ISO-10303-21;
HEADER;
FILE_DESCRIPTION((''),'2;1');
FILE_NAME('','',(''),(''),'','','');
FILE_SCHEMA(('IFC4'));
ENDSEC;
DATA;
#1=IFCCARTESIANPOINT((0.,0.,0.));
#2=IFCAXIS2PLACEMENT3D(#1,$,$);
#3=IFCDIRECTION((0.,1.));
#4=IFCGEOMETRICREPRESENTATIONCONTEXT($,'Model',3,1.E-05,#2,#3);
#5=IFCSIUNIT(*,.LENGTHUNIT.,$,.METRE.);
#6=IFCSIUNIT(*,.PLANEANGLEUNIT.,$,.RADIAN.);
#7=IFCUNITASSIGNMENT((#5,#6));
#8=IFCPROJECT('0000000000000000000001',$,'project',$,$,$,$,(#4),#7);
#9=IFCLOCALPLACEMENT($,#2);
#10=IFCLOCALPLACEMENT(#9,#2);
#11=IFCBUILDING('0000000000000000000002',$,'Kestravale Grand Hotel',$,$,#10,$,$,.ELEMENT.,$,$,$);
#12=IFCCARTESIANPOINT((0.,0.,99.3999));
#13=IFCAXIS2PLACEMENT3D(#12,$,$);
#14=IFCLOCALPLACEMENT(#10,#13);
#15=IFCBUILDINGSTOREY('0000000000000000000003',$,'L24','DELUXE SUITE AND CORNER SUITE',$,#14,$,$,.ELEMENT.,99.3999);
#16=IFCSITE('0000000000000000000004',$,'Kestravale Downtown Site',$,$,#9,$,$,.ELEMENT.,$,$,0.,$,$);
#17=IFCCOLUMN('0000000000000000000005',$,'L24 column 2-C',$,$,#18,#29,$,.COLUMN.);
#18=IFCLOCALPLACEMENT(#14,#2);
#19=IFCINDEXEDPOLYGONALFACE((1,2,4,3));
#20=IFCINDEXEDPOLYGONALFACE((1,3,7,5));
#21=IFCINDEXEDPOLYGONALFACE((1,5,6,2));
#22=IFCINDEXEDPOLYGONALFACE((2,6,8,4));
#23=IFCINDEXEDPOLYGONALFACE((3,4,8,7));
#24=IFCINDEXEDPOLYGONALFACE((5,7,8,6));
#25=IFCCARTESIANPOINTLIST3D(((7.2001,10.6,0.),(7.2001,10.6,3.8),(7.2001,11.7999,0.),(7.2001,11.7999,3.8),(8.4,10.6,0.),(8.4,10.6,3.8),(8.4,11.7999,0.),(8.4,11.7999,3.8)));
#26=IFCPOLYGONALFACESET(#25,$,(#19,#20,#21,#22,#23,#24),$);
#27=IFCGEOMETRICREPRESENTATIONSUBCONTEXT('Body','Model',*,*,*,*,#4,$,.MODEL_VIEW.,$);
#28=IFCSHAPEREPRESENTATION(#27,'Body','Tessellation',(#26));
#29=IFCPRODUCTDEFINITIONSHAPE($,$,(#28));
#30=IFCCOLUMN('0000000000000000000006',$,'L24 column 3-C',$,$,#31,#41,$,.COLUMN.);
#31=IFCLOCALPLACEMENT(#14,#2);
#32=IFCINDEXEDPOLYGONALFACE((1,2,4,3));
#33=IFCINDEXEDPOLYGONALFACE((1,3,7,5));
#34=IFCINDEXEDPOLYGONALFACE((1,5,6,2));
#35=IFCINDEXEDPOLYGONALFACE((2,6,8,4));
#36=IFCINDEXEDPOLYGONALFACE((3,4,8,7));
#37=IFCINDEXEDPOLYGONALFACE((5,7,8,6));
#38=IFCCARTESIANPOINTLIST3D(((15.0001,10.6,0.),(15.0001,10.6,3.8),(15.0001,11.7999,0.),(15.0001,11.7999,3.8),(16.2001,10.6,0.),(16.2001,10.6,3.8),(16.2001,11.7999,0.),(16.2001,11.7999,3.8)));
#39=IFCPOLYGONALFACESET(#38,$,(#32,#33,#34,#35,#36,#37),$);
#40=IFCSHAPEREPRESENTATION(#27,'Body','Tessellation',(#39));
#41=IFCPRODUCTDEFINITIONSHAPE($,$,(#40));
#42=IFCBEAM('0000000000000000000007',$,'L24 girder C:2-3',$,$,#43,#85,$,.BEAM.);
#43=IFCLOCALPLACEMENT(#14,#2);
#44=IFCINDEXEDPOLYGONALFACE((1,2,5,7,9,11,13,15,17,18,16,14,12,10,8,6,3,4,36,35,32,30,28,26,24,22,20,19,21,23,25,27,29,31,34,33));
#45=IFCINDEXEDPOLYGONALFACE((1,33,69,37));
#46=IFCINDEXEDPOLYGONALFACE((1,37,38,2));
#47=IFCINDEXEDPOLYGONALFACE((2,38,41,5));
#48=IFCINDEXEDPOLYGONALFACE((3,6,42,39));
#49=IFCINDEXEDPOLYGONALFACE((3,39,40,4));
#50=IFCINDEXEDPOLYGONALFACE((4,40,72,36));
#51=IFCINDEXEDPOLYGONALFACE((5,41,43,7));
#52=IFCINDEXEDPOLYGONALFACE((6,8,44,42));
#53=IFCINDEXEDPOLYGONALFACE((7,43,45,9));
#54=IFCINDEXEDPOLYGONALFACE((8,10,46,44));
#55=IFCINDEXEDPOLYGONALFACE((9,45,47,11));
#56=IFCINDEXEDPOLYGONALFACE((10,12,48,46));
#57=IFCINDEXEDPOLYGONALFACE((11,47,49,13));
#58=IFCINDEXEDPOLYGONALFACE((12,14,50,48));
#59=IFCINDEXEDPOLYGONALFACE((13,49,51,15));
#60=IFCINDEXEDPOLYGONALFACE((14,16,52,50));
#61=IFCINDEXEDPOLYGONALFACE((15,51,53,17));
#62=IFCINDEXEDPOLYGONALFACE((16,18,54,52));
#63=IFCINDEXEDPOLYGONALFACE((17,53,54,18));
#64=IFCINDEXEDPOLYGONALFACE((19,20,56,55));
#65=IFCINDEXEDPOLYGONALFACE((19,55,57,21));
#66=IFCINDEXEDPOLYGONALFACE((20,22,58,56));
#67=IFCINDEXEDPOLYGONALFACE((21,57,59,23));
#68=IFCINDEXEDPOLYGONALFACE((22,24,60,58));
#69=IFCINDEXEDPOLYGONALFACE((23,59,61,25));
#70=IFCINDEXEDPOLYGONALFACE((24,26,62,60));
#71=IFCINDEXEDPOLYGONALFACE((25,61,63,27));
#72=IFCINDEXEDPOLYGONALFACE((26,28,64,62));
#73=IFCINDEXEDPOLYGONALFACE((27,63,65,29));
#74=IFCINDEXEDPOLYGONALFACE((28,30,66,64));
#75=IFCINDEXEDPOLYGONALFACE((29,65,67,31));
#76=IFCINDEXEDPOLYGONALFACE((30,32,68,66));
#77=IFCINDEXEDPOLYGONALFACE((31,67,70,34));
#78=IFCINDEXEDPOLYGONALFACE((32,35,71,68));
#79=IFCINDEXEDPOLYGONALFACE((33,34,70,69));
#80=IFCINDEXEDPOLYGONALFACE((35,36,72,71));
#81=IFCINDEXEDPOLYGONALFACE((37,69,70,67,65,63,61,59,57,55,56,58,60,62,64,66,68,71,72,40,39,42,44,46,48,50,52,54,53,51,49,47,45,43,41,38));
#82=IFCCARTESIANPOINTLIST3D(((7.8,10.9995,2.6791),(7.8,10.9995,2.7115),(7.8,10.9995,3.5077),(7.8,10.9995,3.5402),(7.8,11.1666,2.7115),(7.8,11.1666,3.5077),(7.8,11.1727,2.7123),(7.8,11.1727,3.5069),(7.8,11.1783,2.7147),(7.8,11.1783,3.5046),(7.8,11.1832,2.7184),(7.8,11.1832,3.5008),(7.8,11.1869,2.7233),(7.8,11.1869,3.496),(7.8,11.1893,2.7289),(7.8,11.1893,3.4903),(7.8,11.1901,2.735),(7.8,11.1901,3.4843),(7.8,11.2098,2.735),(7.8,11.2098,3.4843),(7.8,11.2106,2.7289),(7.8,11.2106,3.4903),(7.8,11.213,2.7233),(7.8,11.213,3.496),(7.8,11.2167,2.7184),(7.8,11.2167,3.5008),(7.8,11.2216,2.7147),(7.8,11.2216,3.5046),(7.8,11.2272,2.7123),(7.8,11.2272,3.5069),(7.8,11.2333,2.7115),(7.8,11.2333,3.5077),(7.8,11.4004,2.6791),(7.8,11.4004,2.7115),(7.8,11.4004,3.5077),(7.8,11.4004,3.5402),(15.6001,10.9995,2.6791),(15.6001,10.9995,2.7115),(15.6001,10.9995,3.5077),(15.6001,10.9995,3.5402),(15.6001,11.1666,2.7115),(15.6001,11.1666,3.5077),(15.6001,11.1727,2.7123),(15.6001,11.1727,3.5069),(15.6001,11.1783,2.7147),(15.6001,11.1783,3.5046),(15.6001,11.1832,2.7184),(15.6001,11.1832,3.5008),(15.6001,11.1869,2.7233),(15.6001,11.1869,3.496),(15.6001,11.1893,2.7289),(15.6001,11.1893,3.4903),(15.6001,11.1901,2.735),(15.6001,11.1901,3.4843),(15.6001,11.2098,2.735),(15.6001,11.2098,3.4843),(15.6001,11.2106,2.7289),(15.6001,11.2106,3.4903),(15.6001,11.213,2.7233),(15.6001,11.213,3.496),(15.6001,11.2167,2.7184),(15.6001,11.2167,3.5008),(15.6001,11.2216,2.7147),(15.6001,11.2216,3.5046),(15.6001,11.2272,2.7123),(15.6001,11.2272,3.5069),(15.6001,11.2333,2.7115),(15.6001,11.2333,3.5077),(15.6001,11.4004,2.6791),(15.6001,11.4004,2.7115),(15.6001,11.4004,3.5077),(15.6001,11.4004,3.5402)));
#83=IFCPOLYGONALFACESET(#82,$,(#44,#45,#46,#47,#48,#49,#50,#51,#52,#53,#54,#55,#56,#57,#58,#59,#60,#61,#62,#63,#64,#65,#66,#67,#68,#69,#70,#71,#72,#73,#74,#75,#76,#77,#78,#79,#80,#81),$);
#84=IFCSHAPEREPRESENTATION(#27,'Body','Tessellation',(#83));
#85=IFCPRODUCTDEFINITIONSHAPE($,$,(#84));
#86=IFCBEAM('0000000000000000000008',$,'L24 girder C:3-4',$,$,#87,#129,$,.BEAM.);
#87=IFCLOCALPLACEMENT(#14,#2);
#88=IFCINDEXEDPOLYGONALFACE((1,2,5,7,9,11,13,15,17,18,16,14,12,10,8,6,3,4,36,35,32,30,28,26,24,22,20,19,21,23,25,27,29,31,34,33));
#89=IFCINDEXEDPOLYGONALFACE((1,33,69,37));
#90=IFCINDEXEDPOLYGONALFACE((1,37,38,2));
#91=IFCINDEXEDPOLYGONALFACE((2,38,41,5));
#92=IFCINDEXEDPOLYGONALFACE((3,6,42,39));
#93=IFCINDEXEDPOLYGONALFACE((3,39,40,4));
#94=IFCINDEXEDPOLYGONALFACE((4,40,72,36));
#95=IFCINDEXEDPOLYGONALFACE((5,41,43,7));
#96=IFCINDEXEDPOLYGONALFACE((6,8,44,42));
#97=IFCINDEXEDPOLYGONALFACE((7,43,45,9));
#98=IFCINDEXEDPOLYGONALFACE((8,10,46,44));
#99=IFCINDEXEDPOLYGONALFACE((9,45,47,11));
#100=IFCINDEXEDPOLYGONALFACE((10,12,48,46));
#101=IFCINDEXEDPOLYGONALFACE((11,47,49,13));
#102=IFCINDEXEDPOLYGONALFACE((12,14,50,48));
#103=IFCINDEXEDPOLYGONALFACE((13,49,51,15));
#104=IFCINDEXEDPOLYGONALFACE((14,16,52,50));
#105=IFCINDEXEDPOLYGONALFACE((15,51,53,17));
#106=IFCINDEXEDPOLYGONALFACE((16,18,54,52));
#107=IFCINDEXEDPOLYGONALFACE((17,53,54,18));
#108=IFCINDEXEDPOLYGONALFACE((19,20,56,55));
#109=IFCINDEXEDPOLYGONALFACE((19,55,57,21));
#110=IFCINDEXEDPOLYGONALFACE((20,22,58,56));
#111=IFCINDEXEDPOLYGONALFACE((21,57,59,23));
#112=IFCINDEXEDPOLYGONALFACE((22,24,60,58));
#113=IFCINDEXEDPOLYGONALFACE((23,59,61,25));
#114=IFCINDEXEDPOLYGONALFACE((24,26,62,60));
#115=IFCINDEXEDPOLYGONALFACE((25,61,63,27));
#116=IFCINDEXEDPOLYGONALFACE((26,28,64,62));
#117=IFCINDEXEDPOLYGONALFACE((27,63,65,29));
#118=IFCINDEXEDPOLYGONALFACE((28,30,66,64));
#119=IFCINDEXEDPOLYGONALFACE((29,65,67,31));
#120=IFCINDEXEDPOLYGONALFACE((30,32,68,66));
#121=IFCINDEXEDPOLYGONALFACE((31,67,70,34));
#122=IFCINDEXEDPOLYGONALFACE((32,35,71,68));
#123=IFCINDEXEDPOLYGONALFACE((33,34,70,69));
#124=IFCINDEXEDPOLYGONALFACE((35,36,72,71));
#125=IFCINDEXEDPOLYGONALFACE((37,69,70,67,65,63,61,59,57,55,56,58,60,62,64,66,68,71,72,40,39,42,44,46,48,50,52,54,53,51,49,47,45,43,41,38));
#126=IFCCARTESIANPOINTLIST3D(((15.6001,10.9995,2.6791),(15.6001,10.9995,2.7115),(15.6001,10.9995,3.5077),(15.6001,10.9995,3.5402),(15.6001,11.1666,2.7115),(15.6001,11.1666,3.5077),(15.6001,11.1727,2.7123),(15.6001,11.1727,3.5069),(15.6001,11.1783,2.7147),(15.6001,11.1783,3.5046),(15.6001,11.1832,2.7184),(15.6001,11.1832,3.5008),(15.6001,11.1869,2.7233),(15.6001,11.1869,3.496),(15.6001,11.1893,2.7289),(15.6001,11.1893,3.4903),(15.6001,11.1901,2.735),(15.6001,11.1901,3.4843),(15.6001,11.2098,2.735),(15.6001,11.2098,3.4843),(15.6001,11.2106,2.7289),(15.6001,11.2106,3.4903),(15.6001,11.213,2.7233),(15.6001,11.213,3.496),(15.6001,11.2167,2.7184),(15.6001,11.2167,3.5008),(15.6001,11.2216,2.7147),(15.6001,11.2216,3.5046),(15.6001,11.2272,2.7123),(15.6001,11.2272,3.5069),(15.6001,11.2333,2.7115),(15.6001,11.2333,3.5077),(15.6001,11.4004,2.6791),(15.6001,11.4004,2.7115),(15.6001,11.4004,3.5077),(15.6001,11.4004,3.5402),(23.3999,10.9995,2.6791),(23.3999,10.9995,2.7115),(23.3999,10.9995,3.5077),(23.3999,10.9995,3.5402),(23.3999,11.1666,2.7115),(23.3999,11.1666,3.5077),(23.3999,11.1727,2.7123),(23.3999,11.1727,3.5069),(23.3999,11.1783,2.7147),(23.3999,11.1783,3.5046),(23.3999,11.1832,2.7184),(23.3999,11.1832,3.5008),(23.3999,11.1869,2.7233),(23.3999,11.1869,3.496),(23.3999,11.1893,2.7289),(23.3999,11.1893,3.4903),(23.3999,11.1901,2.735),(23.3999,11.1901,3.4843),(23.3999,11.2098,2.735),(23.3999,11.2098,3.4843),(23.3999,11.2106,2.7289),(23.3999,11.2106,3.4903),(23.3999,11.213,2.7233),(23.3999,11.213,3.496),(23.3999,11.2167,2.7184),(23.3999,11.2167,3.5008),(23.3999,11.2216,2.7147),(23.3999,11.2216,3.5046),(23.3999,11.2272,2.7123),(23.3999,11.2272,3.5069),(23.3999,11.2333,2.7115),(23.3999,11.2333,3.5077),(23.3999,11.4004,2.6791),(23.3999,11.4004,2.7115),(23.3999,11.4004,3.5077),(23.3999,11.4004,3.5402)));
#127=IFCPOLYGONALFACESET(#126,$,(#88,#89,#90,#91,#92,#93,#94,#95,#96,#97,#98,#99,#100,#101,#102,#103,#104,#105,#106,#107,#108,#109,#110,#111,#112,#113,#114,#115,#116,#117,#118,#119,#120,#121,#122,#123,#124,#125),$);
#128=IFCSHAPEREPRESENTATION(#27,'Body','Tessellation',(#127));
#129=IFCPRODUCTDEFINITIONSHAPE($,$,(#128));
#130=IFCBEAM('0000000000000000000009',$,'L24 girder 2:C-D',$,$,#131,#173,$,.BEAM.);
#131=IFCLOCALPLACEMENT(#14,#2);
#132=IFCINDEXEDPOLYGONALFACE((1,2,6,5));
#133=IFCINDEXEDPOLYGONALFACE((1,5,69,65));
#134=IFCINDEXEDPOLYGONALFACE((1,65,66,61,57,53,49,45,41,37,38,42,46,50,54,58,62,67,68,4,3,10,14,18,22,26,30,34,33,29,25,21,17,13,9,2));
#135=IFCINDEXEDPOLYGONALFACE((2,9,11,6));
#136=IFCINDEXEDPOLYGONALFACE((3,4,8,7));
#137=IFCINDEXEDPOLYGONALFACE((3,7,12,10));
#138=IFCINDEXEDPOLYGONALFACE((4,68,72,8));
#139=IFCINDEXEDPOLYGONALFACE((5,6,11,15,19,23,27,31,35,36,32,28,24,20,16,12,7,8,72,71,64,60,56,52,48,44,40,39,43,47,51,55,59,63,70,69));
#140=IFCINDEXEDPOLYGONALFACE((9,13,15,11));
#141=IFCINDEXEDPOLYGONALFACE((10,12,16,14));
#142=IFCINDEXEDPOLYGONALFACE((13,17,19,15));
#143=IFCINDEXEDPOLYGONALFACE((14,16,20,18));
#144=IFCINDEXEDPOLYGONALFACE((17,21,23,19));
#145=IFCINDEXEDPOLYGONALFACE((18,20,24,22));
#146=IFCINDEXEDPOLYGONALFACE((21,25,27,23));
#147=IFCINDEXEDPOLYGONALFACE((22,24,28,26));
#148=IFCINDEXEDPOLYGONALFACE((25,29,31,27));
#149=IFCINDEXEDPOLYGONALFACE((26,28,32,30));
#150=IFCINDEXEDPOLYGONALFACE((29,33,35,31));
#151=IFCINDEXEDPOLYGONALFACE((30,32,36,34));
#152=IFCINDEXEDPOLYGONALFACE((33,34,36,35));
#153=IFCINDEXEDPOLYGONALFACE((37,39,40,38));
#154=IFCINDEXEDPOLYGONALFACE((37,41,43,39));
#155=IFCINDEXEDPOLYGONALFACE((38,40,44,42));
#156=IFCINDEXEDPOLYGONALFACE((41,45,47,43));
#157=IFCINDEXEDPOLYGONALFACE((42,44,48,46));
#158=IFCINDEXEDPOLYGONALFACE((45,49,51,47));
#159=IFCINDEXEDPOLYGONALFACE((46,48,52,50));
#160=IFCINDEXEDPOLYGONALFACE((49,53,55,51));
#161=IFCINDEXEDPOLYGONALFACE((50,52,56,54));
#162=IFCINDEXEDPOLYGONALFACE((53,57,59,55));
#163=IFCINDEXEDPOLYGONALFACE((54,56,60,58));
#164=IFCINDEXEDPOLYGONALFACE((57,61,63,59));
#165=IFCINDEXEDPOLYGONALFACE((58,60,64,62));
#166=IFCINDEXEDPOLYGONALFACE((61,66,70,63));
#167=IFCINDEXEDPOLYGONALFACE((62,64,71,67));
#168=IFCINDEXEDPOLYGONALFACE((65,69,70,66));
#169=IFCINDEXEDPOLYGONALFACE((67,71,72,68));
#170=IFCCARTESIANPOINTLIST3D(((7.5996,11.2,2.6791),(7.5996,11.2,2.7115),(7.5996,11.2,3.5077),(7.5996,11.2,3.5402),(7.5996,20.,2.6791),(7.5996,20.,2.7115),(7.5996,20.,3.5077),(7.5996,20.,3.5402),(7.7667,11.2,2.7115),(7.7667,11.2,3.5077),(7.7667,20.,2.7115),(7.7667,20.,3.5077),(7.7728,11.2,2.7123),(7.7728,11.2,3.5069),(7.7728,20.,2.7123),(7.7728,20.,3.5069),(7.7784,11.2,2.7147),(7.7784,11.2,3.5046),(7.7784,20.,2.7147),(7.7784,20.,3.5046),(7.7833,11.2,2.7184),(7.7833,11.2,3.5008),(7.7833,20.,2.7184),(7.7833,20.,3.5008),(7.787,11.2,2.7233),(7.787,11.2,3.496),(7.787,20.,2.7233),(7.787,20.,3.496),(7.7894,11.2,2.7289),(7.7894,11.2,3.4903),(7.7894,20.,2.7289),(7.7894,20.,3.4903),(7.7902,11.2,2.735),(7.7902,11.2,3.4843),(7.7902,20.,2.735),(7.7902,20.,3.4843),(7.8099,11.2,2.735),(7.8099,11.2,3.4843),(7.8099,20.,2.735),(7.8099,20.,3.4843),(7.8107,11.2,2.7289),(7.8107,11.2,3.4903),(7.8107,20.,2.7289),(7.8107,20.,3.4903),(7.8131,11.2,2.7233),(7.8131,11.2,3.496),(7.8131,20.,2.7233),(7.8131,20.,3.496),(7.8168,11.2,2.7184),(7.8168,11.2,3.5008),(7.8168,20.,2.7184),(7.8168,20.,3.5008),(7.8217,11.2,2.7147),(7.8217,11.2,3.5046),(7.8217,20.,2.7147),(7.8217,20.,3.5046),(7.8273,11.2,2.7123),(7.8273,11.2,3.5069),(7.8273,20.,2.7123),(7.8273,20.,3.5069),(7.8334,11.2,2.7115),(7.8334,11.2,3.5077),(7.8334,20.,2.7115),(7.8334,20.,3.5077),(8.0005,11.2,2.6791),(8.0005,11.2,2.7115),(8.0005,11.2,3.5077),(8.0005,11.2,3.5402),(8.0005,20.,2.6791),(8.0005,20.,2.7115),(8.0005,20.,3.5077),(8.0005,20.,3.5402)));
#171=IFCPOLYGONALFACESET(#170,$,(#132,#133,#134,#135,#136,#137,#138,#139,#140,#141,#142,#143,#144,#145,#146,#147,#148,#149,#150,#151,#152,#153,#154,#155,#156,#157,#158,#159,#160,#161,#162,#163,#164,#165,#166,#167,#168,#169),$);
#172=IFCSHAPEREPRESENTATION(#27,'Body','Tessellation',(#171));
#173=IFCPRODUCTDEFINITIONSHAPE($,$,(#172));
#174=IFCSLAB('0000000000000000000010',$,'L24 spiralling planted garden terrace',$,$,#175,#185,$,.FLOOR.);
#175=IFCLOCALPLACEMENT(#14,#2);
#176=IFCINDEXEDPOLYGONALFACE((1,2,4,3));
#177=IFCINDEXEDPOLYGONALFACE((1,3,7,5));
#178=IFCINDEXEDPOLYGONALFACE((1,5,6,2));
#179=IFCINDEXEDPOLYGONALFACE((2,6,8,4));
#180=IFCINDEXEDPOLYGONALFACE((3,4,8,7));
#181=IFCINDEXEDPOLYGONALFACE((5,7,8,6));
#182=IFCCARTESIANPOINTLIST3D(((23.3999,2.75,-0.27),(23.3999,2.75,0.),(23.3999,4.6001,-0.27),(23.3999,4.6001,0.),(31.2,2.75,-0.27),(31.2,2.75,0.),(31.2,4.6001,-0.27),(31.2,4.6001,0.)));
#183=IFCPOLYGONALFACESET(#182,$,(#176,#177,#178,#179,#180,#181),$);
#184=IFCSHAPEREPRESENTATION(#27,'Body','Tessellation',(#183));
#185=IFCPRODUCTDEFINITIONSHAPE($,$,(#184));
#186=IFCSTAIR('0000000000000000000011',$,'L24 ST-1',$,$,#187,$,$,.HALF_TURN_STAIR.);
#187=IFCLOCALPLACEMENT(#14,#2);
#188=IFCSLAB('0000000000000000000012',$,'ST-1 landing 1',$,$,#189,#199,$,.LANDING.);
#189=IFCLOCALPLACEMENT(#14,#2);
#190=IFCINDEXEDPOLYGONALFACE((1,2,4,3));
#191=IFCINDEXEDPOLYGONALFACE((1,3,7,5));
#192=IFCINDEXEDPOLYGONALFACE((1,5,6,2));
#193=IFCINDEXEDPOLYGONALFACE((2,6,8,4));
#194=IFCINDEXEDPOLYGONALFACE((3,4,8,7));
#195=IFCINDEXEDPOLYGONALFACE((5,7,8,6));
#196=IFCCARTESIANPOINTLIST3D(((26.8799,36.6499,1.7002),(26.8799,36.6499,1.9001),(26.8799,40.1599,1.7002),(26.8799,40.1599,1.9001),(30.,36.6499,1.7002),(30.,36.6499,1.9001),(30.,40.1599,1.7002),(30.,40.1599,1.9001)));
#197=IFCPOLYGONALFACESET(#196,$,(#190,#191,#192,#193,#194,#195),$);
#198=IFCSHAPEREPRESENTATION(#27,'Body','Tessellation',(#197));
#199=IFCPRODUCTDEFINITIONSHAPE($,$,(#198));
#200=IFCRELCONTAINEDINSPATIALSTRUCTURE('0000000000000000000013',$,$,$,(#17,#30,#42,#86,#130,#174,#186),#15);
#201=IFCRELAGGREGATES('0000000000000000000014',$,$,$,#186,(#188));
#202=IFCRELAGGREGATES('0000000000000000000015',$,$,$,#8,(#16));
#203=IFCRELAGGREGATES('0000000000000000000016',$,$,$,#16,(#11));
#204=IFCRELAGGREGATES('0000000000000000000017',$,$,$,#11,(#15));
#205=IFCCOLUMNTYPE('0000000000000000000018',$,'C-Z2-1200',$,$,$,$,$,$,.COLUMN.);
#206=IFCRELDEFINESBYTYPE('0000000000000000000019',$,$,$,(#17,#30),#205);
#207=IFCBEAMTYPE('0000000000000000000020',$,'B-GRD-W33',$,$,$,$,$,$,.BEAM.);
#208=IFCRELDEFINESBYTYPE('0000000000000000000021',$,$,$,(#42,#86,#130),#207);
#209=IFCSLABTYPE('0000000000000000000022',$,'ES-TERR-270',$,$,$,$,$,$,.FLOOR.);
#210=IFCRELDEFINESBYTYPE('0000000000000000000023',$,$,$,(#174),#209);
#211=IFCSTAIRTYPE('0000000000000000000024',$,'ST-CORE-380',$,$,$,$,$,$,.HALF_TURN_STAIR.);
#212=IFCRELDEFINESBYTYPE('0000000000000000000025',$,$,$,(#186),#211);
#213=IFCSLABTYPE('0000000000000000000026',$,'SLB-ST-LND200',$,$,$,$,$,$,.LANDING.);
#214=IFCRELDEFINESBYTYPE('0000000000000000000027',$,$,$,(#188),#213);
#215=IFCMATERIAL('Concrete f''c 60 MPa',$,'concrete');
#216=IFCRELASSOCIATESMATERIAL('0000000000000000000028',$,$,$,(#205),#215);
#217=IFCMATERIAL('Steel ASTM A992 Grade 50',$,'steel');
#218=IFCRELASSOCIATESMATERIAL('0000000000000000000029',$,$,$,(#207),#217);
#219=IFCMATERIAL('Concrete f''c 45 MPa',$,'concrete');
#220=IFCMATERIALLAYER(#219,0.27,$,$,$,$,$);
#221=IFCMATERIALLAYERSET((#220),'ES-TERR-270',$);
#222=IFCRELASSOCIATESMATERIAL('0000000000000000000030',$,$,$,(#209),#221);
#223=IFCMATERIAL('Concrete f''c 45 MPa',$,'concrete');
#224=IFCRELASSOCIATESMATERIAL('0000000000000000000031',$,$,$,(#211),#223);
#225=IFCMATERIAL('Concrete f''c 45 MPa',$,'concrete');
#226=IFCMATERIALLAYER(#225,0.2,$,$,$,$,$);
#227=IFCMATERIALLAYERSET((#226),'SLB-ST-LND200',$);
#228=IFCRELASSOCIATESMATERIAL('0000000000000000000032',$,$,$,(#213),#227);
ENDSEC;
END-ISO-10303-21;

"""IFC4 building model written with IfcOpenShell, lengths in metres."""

from ifc_helpers import new_model, si_unit, direction, frame, origin, origin_2d, place, context, subcontext, project, spatial, polyline, rectangle, i_section, outline, extrude, material, layer, layer_set, material_profile, profile_set, type_object, element, aggregate, save


model = new_model("IFC4")

# Units and contexts
model_context = context("Model", 3, precision=1e-05, world=origin(), true_north=direction((0.0, 1.0)))
body_context = subcontext(model_context, "Body", "Model", "MODEL_VIEW")
ifc_project = project(units=[si_unit("LENGTHUNIT", "METRE"), si_unit("PLANEANGLEUNIT", "RADIAN")], contexts=[model_context])

# Site, building, storey
site_placement = place(None, origin())
site = spatial("IfcSite", under=ifc_project, at=site_placement, Name="Kestravale Downtown Site", CompositionType="ELEMENT", RefElevation=0.0)
building_placement = place(site_placement, origin())
building = spatial("IfcBuilding", under=site, at=building_placement, Name="Kestravale Grand Hotel", CompositionType="ELEMENT")
storey_placement = place(building_placement, frame((0.0, 0.0, 99.3999)))
storey = spatial("IfcBuildingStorey", under=building, at=storey_placement, Name="L24", Description="DELUXE SUITE AND CORNER SUITE", CompositionType="ELEMENT", Elevation=99.3999)

# Columns
ifc_material_1 = material(Name="Concrete f'c 60 MPa", Category="concrete")
ifc_material_profile_1 = material_profile(ifc_material_1, rectangle(XDim=1.2, YDim=1.2, at=origin_2d()))
ifc_profile_set_1 = profile_set([ifc_material_profile_1], Name="Concrete f'c 60 MPa")
column_type = type_object("IfcColumnType", Name="C-Z2-1200", PredefinedType="COLUMN", material=ifc_profile_set_1)
for number, where, z_axis, x_axis, name in (
    (1, (7.8, 11.2, 0.0), (0.0, 0.0, 1.0), (1.0, 0.0, 0.0), "L24 column 2-C"),
    (2, (15.6001, 11.2, 0.0), (0.0, 0.0, 1.0), (1.0, 0.0, 0.0), "L24 column 3-C"),
):
    element("IfcColumn", number, at=place(storey_placement, frame(where, z_axis=z_axis, x_axis=x_axis)), inside=storey, type_object=column_type, Name=name, PredefinedType="COLUMN", context=body_context, shape_type="SweptSolid", body=[
        extrude(rectangle(XDim=1.2, YDim=1.2, at=origin_2d()), origin(), (0.0, 0.0, 1.0), 3.8),
    ])

# Beams
ifc_material_2 = material(Name="Steel ASTM A992 Grade 50", Category="steel")
ifc_material_profile_2 = material_profile(ifc_material_2, i_section(OverallWidth=0.4009, OverallDepth=0.8611, WebThickness=0.0198, FlangeThickness=0.0325, FilletRadius=0.0234, at=origin_2d()))
ifc_profile_set_2 = profile_set([ifc_material_profile_2], Name="Steel ASTM A992 Grade 50")
beam_type = type_object("IfcBeamType", Name="B-GRD-W33", PredefinedType="BEAM", material=ifc_profile_set_2)
beam_1_placement = place(storey_placement, frame((7.8, 11.2, 3.1096), z_axis=(1.0, 0.0, 0.0), x_axis=(0.0, 1.0, 0.0)))
element("IfcBeam", 3, at=beam_1_placement, inside=storey, type_object=beam_type, Name="L24 girder C:2-3", PredefinedType="BEAM", context=body_context, shape_type="SweptSolid", body=[
    extrude(i_section(OverallWidth=0.4009, OverallDepth=0.8611, WebThickness=0.0198, FlangeThickness=0.0325, FilletRadius=0.0234, at=origin_2d()), origin(), (0.0, 0.0, 1.0), 7.8),
])
beam_2_placement = place(storey_placement, frame((15.6001, 11.2, 3.1096), z_axis=(1.0, 0.0, 0.0), x_axis=(0.0, 1.0, 0.0)))
element("IfcBeam", 4, at=beam_2_placement, inside=storey, type_object=beam_type, Name="L24 girder C:3-4", PredefinedType="BEAM", context=body_context, shape_type="SweptSolid", body=[
    extrude(i_section(OverallWidth=0.4009, OverallDepth=0.8611, WebThickness=0.0198, FlangeThickness=0.0325, FilletRadius=0.0234, at=origin_2d()), origin(), (0.0, 0.0, 1.0), 7.7998),
])
beam_3_placement = place(storey_placement, frame((7.8, 11.2, 3.1096), z_axis=(0.0, 1.0, 0.0), x_axis=(-1.0, 0.0, 0.0)))
element("IfcBeam", 5, at=beam_3_placement, inside=storey, type_object=beam_type, Name="L24 girder 2:C-D", PredefinedType="BEAM", context=body_context, shape_type="SweptSolid", body=[
    extrude(i_section(OverallWidth=0.4009, OverallDepth=0.8611, WebThickness=0.0198, FlangeThickness=0.0325, FilletRadius=0.0234, at=origin_2d()), origin(), (0.0, 0.0, 1.0), 8.8),
])

# Slab
ifc_material_3 = material(Name="Concrete f'c 45 MPa", Category="concrete")
ifc_layer_1 = layer(ifc_material_3, 0.27)
ifc_layer_set_1 = layer_set([ifc_layer_1], Name="ES-TERR-270")
slab_type_1 = type_object("IfcSlabType", Name="ES-TERR-270", PredefinedType="FLOOR", material=ifc_layer_set_1)
slab_1_placement = place(storey_placement, frame((0.0, 0.0, -0.27)))
element("IfcSlab", 6, at=slab_1_placement, inside=storey, type_object=slab_type_1, Name="L24 spiralling planted garden terrace", PredefinedType="FLOOR", context=body_context, shape_type="SweptSolid", body=[
    extrude(outline(polyline([(23.3999, 2.75), (31.2, 2.75), (31.2, 4.6001), (23.3999, 4.6001), (23.3999, 2.75)])), origin(), (0.0, 0.0, 1.0), 0.27),
])

# Stair, slab
ifc_material_4 = material(Name="Concrete f'c 45 MPa", Category="concrete")
stair_type = type_object("IfcStairType", Name="ST-CORE-380", PredefinedType="HALF_TURN_STAIR", material=ifc_material_4)
stair_1_placement = place(storey_placement, origin())
stair_1 = element("IfcStair", 7, at=stair_1_placement, inside=storey, type_object=stair_type, Name="L24 ST-1", PredefinedType="HALF_TURN_STAIR")
ifc_material_5 = material(Name="Concrete f'c 45 MPa", Category="concrete")
ifc_layer_2 = layer(ifc_material_5, 0.2)
ifc_layer_set_2 = layer_set([ifc_layer_2], Name="SLB-ST-LND200")
slab_type_2 = type_object("IfcSlabType", Name="SLB-ST-LND200", PredefinedType="LANDING", material=ifc_layer_set_2)
slab_2_placement = place(storey_placement, frame((0.0, 0.0, 1.7002)))
slab_2 = element("IfcSlab", 8, at=slab_2_placement, type_object=slab_type_2, Name="ST-1 landing 1", PredefinedType="LANDING", context=body_context, shape_type="SweptSolid", body=[
    extrude(outline(polyline([(26.8799, 36.6499), (30.0, 36.6499), (30.0, 40.1599), (26.8799, 40.1599), (26.8799, 36.6499)])), origin(), (0.0, 0.0, 1.0), 0.2),
])
aggregate(stair_1, [slab_2])

save(model, "model.ifc")
